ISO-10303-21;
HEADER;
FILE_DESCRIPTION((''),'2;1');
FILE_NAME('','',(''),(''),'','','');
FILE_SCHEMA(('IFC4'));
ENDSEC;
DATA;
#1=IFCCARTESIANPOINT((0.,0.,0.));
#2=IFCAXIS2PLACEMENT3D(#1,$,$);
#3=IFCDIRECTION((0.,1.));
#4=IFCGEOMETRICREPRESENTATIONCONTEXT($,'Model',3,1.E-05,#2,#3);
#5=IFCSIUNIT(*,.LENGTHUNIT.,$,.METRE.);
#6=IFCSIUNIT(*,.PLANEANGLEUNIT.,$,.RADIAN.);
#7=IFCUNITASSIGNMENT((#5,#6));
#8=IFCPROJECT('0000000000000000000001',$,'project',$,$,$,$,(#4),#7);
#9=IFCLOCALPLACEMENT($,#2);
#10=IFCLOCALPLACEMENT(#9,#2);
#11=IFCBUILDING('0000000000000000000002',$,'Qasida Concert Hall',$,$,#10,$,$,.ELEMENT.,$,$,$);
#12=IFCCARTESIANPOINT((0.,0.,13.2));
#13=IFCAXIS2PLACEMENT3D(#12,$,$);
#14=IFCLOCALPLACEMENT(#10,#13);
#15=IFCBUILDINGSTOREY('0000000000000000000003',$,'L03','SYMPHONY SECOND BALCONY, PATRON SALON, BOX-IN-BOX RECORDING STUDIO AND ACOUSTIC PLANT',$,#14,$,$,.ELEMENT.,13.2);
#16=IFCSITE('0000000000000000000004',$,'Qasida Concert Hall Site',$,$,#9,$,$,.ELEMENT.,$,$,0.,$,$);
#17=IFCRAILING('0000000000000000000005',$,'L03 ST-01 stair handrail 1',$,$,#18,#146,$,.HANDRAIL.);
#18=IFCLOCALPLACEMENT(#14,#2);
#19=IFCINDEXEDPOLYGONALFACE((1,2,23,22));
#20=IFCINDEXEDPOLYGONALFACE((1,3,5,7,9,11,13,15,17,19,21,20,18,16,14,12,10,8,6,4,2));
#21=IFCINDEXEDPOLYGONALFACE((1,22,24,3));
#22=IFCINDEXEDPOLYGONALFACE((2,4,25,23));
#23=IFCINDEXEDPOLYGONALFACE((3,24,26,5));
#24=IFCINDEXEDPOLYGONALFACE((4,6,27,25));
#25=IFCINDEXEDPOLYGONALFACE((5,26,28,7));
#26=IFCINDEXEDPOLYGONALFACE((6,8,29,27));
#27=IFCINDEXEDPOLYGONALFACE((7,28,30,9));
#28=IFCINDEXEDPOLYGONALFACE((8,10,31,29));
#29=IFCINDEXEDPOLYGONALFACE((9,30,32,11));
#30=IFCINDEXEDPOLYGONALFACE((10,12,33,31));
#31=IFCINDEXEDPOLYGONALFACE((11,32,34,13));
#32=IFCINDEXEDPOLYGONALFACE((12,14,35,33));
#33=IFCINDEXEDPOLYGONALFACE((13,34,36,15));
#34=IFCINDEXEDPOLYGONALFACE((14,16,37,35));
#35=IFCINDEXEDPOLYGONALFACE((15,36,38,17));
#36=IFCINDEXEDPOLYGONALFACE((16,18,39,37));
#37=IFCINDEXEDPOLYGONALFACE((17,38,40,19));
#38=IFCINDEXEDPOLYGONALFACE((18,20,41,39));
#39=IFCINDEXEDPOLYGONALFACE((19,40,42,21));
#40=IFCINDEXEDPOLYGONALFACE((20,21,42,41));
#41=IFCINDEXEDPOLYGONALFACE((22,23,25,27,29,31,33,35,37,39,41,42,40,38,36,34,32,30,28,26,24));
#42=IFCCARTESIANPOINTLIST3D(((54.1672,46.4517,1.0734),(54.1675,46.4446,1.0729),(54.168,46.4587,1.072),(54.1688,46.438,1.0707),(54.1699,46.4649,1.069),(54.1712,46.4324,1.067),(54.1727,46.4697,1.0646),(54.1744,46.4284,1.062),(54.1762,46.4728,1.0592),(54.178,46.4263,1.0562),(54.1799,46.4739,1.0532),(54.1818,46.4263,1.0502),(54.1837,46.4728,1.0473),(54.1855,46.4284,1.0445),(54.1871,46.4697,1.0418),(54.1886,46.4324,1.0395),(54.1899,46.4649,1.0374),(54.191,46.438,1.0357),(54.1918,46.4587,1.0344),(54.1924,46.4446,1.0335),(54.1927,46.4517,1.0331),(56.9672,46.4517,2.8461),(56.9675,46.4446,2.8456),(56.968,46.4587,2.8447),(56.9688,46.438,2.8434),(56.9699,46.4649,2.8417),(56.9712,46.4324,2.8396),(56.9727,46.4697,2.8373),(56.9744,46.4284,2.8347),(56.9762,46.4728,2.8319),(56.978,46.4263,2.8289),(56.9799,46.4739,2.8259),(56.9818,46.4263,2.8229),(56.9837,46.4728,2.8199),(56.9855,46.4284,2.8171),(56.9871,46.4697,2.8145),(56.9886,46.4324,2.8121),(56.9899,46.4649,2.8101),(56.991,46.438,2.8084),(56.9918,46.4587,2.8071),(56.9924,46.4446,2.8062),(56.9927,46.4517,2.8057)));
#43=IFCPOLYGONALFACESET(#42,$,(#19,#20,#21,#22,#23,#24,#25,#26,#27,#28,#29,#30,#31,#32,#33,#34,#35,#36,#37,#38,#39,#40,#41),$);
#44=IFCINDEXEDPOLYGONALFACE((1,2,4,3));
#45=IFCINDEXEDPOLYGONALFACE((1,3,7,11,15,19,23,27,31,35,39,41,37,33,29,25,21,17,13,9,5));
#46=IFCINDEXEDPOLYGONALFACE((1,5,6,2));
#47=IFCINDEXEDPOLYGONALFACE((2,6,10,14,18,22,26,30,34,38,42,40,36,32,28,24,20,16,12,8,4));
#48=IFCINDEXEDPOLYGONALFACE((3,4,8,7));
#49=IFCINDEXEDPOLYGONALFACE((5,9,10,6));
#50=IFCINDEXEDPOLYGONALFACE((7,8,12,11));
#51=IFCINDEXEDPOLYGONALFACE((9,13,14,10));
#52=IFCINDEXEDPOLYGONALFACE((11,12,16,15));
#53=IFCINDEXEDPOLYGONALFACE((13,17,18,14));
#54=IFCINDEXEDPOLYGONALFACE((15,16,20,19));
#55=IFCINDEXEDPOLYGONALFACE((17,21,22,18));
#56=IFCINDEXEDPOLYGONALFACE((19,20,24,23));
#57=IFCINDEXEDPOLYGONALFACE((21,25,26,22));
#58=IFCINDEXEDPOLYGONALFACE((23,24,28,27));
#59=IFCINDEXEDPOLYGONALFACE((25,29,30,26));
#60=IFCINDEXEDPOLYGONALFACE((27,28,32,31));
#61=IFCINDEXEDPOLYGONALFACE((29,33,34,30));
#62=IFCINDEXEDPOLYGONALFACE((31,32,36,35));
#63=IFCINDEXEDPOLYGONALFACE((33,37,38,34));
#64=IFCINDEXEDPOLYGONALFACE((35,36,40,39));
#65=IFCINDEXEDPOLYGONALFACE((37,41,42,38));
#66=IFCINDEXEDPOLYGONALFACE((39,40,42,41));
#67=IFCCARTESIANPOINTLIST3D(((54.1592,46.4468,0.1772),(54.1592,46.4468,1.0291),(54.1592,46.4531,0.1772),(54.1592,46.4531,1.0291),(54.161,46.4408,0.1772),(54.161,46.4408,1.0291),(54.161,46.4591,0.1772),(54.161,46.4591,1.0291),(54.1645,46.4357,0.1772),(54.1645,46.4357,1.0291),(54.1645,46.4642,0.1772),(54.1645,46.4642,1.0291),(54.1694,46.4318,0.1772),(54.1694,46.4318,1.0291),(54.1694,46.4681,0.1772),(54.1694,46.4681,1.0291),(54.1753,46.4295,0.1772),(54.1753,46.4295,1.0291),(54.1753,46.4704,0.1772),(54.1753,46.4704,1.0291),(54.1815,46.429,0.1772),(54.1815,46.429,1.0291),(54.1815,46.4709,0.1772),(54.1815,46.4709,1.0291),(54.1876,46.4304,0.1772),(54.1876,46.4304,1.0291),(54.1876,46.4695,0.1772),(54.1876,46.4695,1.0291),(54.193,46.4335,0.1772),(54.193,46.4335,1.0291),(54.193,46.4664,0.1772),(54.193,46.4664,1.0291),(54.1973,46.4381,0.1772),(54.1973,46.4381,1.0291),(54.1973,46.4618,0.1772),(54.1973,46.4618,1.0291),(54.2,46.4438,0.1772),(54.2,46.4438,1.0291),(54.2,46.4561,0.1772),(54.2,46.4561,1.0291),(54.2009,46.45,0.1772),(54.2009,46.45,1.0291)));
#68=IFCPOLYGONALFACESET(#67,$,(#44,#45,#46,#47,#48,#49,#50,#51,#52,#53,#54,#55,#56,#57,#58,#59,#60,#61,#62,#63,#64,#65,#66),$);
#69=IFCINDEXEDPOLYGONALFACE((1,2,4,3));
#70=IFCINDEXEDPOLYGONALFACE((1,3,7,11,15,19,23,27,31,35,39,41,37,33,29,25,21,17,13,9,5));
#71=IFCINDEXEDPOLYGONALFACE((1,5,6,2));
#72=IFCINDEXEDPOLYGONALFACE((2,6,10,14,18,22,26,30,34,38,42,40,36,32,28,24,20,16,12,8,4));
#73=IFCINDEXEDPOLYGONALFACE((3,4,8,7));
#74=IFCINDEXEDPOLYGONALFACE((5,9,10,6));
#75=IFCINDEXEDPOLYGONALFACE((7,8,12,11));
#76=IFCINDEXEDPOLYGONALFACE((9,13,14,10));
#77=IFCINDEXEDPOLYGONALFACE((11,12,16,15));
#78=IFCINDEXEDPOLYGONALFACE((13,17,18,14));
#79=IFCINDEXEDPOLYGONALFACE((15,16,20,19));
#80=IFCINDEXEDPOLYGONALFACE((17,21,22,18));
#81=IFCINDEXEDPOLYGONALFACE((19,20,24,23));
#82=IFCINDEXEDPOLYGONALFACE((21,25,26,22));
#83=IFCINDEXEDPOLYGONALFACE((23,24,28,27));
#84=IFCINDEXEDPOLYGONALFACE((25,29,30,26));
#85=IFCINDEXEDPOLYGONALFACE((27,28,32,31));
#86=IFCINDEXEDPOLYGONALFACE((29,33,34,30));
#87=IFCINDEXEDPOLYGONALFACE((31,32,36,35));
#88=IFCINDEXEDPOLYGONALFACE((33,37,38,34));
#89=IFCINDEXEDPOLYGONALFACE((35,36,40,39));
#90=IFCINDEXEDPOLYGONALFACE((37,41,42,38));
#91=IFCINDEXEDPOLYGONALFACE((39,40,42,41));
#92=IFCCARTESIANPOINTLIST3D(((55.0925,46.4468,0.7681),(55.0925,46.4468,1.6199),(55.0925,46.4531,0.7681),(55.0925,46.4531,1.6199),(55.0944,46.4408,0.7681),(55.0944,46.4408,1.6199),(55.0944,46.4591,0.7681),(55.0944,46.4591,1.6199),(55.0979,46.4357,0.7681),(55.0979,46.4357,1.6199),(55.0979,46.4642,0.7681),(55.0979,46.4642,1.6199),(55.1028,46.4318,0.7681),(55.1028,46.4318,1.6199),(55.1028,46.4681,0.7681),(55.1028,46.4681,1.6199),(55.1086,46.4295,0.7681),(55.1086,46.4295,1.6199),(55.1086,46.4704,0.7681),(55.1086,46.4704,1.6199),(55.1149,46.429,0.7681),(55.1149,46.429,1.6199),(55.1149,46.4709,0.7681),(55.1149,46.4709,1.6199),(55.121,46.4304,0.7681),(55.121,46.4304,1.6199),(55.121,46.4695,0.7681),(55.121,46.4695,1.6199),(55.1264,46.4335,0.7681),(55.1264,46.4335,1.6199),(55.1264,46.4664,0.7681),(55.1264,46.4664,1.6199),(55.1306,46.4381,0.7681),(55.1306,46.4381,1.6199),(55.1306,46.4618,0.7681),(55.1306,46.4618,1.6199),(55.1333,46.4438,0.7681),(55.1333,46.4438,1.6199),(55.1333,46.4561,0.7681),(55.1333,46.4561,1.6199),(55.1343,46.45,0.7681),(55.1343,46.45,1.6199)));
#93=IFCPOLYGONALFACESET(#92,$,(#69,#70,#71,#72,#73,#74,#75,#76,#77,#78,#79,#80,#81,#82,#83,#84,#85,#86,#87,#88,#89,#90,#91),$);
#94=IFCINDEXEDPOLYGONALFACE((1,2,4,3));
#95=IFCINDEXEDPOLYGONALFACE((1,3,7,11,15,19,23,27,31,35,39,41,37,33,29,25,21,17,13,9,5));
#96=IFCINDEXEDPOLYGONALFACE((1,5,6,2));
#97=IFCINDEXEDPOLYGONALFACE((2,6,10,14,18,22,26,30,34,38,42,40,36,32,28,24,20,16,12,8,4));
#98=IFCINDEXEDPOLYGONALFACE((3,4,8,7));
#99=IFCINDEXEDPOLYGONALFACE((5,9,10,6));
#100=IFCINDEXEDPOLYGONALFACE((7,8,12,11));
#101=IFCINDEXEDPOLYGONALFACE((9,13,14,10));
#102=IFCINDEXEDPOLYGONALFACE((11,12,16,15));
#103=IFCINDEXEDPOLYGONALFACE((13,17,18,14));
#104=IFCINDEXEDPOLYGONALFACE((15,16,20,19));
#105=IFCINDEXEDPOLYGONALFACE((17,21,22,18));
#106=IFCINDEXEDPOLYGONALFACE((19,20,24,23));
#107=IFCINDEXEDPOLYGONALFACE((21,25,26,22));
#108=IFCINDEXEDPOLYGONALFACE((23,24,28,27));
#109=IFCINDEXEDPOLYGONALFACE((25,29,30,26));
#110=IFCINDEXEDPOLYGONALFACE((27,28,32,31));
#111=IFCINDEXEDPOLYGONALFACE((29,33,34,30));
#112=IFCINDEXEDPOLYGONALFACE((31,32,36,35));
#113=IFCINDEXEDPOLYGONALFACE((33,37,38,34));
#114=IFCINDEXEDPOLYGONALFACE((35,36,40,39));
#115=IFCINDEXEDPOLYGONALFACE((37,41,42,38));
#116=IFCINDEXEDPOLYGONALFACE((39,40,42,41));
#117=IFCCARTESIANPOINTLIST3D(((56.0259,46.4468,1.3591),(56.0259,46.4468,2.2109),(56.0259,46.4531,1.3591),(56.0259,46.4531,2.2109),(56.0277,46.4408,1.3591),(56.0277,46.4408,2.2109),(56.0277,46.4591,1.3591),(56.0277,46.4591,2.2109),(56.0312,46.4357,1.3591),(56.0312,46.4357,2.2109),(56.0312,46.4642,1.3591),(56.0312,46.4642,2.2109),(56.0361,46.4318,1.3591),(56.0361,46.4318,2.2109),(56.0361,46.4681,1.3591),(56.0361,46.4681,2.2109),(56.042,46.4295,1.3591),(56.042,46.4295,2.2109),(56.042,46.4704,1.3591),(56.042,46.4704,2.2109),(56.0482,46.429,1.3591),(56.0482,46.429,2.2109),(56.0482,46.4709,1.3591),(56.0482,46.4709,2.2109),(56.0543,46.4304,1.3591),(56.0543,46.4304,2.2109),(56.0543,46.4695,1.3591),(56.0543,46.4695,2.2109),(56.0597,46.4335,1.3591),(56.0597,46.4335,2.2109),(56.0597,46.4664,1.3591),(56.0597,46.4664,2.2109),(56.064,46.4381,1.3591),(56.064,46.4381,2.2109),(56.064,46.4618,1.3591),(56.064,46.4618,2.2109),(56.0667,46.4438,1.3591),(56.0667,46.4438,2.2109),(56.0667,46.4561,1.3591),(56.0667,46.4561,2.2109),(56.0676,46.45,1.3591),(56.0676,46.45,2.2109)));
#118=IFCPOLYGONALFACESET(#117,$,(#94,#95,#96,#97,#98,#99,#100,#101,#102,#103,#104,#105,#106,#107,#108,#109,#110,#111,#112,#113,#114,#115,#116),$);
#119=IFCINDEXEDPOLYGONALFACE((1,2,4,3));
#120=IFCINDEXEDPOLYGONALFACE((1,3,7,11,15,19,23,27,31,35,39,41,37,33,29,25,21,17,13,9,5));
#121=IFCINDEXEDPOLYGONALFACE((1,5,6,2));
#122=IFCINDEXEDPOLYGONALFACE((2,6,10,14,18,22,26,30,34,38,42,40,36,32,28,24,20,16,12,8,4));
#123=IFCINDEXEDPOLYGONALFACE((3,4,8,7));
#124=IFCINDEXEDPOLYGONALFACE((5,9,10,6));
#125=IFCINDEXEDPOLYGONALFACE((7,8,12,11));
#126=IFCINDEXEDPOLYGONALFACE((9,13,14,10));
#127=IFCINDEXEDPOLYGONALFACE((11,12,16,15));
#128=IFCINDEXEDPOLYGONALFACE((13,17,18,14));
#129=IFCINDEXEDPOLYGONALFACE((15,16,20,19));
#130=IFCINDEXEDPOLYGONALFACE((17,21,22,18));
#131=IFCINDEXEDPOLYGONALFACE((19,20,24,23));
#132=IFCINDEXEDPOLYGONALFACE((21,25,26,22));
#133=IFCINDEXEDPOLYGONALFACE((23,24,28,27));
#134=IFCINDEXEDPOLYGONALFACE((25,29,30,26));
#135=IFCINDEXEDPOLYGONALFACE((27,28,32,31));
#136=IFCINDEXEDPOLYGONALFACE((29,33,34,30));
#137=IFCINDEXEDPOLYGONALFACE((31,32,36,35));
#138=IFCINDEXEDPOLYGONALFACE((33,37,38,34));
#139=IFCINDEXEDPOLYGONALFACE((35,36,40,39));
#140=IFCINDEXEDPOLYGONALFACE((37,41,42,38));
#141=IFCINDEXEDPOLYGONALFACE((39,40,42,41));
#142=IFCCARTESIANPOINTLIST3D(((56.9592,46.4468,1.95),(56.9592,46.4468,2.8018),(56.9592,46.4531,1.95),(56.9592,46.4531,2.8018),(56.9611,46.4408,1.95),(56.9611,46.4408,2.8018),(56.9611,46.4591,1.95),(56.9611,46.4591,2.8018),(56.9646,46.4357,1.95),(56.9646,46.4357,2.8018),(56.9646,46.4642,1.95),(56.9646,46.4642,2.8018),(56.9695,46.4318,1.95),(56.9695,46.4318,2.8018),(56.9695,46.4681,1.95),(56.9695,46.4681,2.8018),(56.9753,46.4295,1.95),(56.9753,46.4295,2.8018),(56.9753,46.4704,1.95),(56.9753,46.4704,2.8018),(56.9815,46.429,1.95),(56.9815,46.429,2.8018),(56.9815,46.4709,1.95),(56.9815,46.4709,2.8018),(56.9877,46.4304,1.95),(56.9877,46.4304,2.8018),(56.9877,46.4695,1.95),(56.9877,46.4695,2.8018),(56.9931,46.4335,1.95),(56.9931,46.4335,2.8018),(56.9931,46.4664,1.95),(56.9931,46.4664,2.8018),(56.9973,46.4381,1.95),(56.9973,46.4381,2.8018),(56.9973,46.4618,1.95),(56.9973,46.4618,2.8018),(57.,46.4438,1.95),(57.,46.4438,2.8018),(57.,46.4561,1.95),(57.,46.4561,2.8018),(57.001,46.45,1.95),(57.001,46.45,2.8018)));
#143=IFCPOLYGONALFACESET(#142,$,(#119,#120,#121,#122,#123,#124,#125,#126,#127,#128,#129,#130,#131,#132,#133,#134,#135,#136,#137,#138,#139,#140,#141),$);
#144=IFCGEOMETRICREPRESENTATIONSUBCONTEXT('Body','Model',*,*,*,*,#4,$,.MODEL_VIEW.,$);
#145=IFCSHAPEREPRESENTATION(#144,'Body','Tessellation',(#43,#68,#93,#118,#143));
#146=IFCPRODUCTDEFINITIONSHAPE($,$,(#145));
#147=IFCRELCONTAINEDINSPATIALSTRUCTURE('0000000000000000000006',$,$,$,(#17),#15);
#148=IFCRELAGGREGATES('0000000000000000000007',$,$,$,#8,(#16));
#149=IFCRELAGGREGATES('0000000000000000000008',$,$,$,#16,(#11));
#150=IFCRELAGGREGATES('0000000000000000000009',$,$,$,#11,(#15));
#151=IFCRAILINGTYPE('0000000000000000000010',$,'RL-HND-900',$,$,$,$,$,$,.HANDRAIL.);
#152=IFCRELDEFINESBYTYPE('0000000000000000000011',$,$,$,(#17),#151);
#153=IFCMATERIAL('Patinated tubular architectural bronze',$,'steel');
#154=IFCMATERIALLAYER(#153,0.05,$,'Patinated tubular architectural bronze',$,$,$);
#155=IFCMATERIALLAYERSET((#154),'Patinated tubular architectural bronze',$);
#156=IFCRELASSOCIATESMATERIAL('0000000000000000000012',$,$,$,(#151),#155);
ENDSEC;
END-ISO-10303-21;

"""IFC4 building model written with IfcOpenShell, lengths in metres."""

from ifc_helpers import new_model, si_unit, direction, frame, origin, origin_2d, place, context, subcontext, project, spatial, circle, extrude, material, layer, layer_set, type_object, element, save


model = new_model("IFC4")

# Units and contexts
model_context = context("Model", 3, precision=1e-05, world=origin(), true_north=direction((0.0, 1.0)))
body_context = subcontext(model_context, "Body", "Model", "MODEL_VIEW")
ifc_project = project(units=[si_unit("LENGTHUNIT", "METRE"), si_unit("PLANEANGLEUNIT", "RADIAN")], contexts=[model_context])

# Site, building, storey
site_placement = place(None, origin())
site = spatial("IfcSite", under=ifc_project, at=site_placement, Name="Qasida Concert Hall Site", CompositionType="ELEMENT", RefElevation=0.0)
building_placement = place(site_placement, origin())
building = spatial("IfcBuilding", under=site, at=building_placement, Name="Qasida Concert Hall", CompositionType="ELEMENT")
storey_placement = place(building_placement, frame((0.0, 0.0, 13.2)))
storey = spatial("IfcBuildingStorey", under=building, at=storey_placement, Name="L03", Description="SYMPHONY SECOND BALCONY, PATRON SALON, BOX-IN-BOX RECORDING STUDIO AND ACOUSTIC PLANT", CompositionType="ELEMENT", Elevation=13.2)

# Railing
ifc_material_1 = material(Name="Patinated tubular architectural bronze", Category="steel")
ifc_layer_1 = layer(ifc_material_1, 0.05, Name="Patinated tubular architectural bronze")
ifc_layer_set_1 = layer_set([ifc_layer_1], Name="Patinated tubular architectural bronze")
railing_type_1 = type_object("IfcRailingType", Name="RL-HND-900", PredefinedType="HANDRAIL", material=ifc_layer_set_1)
railing_1_placement = place(storey_placement, frame((54.1799, 46.45, 0.1772)))
element("IfcRailing", 1, at=railing_1_placement, inside=storey, type_object=railing_type_1, Name="L03 ST-01 stair handrail 1", PredefinedType="HANDRAIL", context=body_context, shape_type="SweptSolid", body=[
    extrude(circle(Radius=0.0239, at=origin_2d()), frame((0.0, 0.0, 0.876), z_axis=(0.844909, 0.0, 0.53491), x_axis=(0.0, 1.0, 0.0)), (0.0, 0.0, 1.0), 3.314),
    extrude(circle(Radius=0.021, at=origin_2d()), origin(), (0.0, 0.0, 1.0), 0.8518),
    extrude(circle(Radius=0.021, at=origin_2d()), frame((0.9333, 0.0, 0.5908)), (0.0, 0.0, 1.0), 0.8518),
    extrude(circle(Radius=0.021, at=origin_2d()), frame((1.8667, 0.0, 1.1819)), (0.0, 0.0, 1.0), 0.8518),
    extrude(circle(Radius=0.021, at=origin_2d()), frame((2.8, 0.0, 1.7727)), (0.0, 0.0, 1.0), 0.8518),
])

save(model, "model.ifc")
